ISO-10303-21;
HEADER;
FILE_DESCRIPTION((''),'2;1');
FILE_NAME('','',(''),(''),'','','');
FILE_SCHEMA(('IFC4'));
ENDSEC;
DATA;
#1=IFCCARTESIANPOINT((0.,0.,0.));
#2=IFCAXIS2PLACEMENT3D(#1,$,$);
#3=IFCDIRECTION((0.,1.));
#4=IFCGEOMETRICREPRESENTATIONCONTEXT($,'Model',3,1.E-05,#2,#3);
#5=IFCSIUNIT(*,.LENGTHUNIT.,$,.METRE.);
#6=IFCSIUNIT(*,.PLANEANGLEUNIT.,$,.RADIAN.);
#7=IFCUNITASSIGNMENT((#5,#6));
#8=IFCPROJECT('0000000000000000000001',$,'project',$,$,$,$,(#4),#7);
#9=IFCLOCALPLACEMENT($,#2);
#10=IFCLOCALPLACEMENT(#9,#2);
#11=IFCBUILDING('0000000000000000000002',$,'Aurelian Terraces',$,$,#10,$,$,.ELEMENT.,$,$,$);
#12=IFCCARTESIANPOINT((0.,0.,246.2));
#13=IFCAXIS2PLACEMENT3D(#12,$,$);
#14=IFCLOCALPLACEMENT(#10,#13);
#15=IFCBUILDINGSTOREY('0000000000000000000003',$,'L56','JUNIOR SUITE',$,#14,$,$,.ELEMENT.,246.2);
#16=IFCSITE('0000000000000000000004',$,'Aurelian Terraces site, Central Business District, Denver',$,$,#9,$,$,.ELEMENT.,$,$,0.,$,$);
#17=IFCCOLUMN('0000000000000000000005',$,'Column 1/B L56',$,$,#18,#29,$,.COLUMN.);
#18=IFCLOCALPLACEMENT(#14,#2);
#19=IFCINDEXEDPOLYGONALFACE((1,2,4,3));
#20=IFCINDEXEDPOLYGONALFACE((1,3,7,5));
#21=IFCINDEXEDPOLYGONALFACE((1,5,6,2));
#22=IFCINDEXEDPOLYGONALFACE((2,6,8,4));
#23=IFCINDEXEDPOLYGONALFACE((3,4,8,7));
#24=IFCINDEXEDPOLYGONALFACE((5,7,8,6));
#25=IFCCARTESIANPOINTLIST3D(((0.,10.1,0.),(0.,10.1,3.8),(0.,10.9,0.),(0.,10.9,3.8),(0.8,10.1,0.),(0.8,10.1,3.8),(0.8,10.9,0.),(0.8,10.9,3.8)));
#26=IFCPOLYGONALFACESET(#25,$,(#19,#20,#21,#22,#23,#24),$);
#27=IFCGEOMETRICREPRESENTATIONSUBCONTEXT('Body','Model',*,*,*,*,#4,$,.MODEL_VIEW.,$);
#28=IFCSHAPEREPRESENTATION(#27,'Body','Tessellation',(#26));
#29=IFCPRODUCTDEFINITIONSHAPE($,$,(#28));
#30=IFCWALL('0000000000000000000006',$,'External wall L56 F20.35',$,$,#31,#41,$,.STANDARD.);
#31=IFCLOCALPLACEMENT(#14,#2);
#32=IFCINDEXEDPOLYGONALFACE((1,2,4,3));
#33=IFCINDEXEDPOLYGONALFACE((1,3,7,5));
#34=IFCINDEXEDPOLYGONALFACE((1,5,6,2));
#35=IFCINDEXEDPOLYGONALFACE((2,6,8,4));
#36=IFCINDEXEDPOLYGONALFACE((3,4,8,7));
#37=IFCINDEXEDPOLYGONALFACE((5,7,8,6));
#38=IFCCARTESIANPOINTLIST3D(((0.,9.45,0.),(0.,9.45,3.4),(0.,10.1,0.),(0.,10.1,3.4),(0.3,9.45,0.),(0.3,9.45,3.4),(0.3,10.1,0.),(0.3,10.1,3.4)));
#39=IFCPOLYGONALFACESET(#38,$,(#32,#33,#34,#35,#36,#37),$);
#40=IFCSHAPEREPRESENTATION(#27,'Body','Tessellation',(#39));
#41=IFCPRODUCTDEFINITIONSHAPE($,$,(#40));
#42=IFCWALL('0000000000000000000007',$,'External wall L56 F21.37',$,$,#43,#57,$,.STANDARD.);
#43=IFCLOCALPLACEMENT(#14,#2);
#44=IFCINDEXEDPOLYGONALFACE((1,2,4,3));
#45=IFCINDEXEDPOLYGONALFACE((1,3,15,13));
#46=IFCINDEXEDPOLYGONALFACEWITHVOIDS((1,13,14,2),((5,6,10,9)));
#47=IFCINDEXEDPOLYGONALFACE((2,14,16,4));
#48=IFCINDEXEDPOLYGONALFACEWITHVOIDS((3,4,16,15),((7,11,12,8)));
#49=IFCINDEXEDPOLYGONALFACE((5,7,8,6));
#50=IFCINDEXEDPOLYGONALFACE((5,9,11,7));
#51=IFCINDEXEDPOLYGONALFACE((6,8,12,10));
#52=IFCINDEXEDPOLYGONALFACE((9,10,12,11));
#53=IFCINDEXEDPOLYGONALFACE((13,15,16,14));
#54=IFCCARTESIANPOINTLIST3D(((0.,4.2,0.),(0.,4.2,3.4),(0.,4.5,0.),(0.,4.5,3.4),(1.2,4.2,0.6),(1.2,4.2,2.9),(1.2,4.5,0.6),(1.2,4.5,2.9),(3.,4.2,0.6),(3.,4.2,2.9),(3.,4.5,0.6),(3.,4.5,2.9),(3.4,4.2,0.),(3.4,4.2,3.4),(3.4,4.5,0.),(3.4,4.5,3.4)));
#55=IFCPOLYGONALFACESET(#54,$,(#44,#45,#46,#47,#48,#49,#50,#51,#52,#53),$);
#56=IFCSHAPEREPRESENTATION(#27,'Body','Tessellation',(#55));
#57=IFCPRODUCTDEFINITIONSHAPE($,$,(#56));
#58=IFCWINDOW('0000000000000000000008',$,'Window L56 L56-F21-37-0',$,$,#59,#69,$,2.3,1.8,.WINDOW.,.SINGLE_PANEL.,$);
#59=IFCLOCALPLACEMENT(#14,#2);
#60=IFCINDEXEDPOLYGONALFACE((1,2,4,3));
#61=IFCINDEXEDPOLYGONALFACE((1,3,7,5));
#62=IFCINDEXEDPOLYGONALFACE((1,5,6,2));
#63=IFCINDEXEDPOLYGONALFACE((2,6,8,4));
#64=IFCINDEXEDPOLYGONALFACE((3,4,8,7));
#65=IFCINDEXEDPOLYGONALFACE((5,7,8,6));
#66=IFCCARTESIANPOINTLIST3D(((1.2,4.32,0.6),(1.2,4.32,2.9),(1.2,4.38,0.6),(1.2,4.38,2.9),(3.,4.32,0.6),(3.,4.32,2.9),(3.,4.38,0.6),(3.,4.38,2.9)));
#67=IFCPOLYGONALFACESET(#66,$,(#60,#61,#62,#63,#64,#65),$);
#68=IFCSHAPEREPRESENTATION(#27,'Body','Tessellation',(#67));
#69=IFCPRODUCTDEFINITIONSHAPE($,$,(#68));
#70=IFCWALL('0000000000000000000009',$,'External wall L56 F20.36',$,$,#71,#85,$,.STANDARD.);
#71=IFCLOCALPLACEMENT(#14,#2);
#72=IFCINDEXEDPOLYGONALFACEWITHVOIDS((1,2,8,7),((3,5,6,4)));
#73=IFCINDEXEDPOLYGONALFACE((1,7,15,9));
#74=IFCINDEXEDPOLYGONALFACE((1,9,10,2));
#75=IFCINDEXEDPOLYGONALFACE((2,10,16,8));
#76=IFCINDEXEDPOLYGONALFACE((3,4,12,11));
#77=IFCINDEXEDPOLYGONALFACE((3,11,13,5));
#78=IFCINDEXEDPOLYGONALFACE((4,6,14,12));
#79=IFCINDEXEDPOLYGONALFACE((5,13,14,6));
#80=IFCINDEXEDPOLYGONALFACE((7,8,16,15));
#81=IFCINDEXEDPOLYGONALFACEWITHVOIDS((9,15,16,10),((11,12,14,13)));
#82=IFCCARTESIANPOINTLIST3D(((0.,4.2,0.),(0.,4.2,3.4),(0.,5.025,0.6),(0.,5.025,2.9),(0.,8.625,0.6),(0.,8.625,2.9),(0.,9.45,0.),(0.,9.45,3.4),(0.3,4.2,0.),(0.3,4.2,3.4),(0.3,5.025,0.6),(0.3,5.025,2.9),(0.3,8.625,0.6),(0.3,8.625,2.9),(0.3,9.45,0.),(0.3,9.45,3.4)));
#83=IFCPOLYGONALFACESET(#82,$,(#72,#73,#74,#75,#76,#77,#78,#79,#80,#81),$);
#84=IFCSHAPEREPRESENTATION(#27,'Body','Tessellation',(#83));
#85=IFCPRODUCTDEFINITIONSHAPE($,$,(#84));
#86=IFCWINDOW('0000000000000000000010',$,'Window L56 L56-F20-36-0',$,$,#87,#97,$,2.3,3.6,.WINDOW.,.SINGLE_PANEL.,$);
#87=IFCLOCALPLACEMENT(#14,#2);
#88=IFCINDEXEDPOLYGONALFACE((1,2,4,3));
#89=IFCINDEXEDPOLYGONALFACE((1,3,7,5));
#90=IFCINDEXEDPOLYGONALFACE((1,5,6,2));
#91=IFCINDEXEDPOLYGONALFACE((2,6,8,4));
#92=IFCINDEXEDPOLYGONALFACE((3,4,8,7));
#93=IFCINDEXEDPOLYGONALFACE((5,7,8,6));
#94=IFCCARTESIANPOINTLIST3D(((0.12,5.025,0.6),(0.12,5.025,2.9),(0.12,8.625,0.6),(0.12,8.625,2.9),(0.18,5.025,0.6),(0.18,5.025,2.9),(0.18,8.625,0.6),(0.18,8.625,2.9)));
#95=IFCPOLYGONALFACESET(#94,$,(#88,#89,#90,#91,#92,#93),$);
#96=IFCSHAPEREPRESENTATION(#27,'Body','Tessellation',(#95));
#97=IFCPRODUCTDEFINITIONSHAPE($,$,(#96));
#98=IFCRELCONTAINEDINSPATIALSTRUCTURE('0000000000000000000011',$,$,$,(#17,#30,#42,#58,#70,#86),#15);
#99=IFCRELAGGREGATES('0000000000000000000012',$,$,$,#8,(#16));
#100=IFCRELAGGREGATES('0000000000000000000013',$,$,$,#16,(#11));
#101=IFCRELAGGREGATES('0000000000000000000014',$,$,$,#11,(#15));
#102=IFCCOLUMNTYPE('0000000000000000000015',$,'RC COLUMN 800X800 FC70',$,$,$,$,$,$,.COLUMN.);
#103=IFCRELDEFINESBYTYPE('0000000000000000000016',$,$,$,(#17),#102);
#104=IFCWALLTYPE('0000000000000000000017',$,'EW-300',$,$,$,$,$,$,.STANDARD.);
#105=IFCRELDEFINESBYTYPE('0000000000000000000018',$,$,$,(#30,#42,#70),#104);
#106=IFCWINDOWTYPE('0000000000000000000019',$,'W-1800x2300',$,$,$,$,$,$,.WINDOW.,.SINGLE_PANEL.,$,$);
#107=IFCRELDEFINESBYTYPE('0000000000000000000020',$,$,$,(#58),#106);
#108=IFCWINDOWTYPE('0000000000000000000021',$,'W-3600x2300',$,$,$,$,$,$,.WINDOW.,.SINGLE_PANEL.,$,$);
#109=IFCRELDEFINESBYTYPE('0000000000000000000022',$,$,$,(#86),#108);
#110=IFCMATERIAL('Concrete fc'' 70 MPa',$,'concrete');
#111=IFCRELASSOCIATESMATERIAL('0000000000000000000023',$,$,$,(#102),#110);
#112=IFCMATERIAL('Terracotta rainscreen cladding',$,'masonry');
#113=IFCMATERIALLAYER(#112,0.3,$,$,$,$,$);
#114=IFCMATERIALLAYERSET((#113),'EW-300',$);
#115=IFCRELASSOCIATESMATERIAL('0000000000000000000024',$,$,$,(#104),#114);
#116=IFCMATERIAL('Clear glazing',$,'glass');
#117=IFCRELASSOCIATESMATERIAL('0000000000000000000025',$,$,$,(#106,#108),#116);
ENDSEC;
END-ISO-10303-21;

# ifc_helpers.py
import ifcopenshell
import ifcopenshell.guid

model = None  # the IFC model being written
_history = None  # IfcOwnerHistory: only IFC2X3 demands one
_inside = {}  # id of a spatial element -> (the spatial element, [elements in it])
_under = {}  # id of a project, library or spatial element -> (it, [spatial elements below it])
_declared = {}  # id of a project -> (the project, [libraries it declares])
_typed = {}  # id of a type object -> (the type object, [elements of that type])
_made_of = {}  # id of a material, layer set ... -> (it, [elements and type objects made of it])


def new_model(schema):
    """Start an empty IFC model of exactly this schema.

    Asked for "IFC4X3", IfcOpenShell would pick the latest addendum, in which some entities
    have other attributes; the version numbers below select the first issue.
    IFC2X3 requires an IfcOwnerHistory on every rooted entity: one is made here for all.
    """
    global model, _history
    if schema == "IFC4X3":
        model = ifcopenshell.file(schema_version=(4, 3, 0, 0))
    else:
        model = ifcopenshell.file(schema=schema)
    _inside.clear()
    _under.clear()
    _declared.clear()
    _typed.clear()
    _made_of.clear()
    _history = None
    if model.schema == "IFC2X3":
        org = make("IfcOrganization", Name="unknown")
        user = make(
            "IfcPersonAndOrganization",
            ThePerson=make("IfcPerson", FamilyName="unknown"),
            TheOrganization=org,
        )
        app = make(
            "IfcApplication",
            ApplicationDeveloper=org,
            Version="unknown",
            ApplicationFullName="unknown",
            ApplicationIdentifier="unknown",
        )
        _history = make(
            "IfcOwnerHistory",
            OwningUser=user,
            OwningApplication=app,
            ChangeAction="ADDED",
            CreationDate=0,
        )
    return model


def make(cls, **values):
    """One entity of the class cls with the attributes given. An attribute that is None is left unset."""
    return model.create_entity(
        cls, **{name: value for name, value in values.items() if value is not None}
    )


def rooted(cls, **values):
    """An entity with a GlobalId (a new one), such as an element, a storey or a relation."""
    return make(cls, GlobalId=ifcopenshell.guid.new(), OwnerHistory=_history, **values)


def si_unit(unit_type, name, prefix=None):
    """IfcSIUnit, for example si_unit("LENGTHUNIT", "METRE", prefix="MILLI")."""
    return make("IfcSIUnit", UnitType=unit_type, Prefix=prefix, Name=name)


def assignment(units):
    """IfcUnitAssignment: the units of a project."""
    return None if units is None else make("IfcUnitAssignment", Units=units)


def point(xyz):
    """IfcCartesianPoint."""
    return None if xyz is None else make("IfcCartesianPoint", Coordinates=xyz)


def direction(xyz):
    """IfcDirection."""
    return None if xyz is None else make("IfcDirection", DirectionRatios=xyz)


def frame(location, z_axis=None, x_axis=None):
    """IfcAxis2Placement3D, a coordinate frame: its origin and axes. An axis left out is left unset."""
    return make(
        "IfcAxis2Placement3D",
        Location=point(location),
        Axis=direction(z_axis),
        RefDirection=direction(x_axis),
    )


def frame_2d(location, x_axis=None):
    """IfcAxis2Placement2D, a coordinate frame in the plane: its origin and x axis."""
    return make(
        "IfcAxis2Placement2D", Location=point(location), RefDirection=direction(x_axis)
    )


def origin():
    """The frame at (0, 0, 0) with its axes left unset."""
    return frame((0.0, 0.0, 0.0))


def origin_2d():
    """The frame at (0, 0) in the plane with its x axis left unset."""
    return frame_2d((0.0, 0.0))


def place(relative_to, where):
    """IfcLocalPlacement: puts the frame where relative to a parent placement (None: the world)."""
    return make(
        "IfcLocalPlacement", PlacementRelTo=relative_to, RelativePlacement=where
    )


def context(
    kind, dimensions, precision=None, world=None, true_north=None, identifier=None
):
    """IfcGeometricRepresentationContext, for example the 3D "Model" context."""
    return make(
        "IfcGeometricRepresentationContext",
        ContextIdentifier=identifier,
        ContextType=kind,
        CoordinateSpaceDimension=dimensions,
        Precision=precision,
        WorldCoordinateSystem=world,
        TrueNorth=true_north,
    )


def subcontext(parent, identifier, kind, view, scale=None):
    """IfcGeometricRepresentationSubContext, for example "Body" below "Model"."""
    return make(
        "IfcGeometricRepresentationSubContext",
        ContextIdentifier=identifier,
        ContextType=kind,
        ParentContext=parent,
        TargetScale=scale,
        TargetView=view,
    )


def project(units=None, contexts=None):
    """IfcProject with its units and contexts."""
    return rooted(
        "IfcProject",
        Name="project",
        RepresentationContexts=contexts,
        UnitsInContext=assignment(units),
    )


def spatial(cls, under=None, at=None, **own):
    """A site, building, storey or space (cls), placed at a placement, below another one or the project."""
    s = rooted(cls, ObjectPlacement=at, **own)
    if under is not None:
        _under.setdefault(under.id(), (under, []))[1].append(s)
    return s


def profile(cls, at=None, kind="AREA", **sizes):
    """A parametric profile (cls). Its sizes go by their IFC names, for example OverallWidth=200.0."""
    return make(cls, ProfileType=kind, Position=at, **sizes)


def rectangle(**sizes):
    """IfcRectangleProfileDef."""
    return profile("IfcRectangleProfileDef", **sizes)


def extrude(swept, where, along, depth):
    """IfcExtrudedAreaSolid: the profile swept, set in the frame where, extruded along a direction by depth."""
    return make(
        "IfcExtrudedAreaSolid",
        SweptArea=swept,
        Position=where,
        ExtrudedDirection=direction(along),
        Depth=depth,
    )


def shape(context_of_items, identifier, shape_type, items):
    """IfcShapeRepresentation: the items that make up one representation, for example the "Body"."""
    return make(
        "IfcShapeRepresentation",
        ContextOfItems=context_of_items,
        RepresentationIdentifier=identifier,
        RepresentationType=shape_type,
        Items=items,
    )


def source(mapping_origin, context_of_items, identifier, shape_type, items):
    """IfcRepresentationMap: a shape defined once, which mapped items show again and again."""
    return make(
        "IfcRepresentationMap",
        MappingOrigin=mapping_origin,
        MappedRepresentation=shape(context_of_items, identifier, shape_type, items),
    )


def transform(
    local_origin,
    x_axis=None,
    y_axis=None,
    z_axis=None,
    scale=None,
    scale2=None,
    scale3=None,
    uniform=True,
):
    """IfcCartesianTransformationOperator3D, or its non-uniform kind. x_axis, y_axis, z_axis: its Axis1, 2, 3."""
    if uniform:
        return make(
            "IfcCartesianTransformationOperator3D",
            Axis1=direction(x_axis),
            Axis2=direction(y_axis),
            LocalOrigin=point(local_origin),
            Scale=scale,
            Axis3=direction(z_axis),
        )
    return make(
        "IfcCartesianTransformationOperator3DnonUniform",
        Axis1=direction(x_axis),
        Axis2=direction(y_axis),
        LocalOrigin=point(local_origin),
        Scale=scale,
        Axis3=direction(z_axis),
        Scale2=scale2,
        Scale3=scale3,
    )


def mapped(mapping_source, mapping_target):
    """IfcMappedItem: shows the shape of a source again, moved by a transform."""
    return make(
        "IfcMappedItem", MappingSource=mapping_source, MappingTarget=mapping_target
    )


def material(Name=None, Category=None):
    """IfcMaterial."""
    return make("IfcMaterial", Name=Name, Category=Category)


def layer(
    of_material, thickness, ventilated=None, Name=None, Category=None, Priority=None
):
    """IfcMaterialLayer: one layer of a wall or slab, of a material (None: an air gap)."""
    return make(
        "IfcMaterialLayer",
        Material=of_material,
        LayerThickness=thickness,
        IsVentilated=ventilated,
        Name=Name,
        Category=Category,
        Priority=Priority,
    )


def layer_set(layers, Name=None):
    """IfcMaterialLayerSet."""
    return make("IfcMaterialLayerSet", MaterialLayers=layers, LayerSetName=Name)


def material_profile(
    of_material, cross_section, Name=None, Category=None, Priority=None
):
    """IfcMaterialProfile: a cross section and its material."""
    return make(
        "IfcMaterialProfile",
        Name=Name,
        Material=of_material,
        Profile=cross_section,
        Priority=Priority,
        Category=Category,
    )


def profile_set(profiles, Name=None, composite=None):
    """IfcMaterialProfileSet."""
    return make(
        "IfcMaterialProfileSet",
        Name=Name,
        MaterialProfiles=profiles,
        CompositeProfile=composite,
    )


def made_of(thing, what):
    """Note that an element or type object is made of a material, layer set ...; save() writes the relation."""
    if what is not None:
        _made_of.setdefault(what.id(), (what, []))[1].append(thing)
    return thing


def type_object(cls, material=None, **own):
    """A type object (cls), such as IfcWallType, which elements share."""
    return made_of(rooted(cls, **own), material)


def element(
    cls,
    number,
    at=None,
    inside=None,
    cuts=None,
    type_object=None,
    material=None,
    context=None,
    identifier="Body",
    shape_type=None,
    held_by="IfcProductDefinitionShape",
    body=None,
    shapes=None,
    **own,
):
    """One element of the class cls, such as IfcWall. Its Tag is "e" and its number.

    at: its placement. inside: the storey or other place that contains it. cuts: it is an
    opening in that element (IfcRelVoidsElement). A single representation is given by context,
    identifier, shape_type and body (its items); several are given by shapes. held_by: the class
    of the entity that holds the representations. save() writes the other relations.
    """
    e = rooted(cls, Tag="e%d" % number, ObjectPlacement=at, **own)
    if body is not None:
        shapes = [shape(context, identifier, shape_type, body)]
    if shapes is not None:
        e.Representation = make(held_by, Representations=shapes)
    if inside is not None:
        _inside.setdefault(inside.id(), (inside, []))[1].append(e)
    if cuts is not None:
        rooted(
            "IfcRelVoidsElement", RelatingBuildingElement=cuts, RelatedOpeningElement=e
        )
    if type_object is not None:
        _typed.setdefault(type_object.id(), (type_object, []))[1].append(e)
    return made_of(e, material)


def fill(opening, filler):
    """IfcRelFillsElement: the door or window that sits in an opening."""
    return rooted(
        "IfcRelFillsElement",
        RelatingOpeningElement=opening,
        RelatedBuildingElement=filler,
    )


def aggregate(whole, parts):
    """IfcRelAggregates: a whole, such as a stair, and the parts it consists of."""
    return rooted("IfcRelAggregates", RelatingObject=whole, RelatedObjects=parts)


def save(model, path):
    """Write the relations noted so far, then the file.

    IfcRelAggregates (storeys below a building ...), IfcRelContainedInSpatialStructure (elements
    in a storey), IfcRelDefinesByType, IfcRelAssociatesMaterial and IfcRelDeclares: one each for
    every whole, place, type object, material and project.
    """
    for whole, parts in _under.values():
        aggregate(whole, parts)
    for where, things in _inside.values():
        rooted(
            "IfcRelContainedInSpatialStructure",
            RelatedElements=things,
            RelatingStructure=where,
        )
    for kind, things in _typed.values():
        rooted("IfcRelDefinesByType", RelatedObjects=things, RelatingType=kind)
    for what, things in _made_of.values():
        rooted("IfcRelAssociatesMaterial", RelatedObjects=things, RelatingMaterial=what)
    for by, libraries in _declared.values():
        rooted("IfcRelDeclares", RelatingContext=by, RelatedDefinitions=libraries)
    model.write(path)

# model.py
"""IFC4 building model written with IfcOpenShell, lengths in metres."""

from ifc_helpers import new_model, si_unit, direction, frame, frame_2d, origin, origin_2d, place, context, subcontext, project, spatial, rectangle, extrude, source, transform, mapped, material, layer, layer_set, material_profile, profile_set, type_object, element, fill, save


model = new_model("IFC4")

# Units and contexts
model_context = context("Model", 3, precision=1e-05, world=origin(), true_north=direction((0.0, 1.0)))
body_context = subcontext(model_context, "Body", "Model", "MODEL_VIEW")
ifc_project = project(units=[si_unit("LENGTHUNIT", "METRE"), si_unit("PLANEANGLEUNIT", "RADIAN")], contexts=[model_context])

# Site, building, storey
site_placement = place(None, origin())
site = spatial("IfcSite", under=ifc_project, at=site_placement, Name="Aurelian Terraces site, Central Business District, Denver", CompositionType="ELEMENT", RefElevation=0.0)
building_placement = place(site_placement, origin())
building = spatial("IfcBuilding", under=site, at=building_placement, Name="Aurelian Terraces", CompositionType="ELEMENT")
storey_placement = place(building_placement, frame((0.0, 0.0, 246.2)))
storey = spatial("IfcBuildingStorey", under=building, at=storey_placement, Name="L56", Description="JUNIOR SUITE", CompositionType="ELEMENT", Elevation=246.2)

# Column
ifc_material_1 = material(Name="Concrete fc' 70 MPa", Category="concrete")
ifc_material_profile = material_profile(ifc_material_1, rectangle(XDim=0.8, YDim=0.8, at=origin_2d()))
ifc_profile_set = profile_set([ifc_material_profile], Name="Concrete fc' 70 MPa")
column_type = type_object("IfcColumnType", Name="RC COLUMN 800X800 FC70", PredefinedType="COLUMN", material=ifc_profile_set)
shared_shape_1 = source(origin(), body_context, "Body", "SweptSolid", [
    extrude(rectangle(XDim=0.8, YDim=0.8, at=origin_2d()), origin(), (0.0, 0.0, 1.0), 3.8),
])
column_placement = place(storey_placement, frame((0.4, 10.5, 0.0), z_axis=(0.0, 0.0, 1.0), x_axis=(1.0, 0.0, 0.0)))
element("IfcColumn", 1, at=column_placement, inside=storey, type_object=column_type, Name="Column 1/B L56", PredefinedType="COLUMN", context=body_context, shape_type="MappedRepresentation", body=[
    mapped(shared_shape_1, transform((0.0, 0.0, 0.0), scale=1.0)),
])

# Wall
ifc_material_2 = material(Name="Terracotta rainscreen cladding", Category="masonry")
ifc_layer_1 = layer(ifc_material_2, 0.3)
ifc_layer_set_1 = layer_set([ifc_layer_1], Name="EW-300")
wall_type_1 = type_object("IfcWallType", Name="EW-300", PredefinedType="STANDARD", material=ifc_layer_set_1)
wall_1_placement = place(storey_placement, frame((0.15, 10.1, 0.0), z_axis=(0.0, 0.0, 1.0), x_axis=(0.0, -1.0, 0.0)))
element("IfcWall", 2, at=wall_1_placement, inside=storey, type_object=wall_type_1, Name="External wall L56 F20.35", PredefinedType="STANDARD", context=body_context, shape_type="SweptSolid", body=[
    extrude(rectangle(XDim=0.65, YDim=0.3, at=frame_2d((0.325, 0.0))), origin(), (0.0, 0.0, 1.0), 3.4),
])

# Walls, openings, windows
shared_shape_2 = source(origin(), body_context, "Body", "SweptSolid", [
    extrude(rectangle(XDim=3.4, YDim=0.3, at=frame_2d((1.7, 0.0))), origin(), (0.0, 0.0, 1.0), 3.4),
])
wall_2_placement = place(storey_placement, frame((0.0, 4.35, 0.0), z_axis=(0.0, 0.0, 1.0), x_axis=(1.0, 0.0, 0.0)))
wall_2 = element("IfcWall", 3, at=wall_2_placement, inside=storey, type_object=wall_type_1, Name="External wall L56 F21.37", PredefinedType="STANDARD", context=body_context, shape_type="MappedRepresentation", body=[
    mapped(shared_shape_2, transform((0.0, 0.0, 0.0), scale=1.0)),
])
shared_shape_3 = source(origin(), body_context, "Body", "SweptSolid", [
    extrude(rectangle(XDim=1.8, YDim=2.3, at=frame_2d((0.9, 1.15))), frame((0.0, 0.16, 0.0), z_axis=(0.0, -1.0, 0.0), x_axis=(1.0, 0.0, 0.0)), (0.0, 0.0, 1.0), 0.32),
])
opening_1_placement = place(wall_2_placement, frame((1.2, 0.0, 0.6)))
opening_1 = element("IfcOpeningElement", 4, at=opening_1_placement, cuts=wall_2, PredefinedType="OPENING", context=body_context, shape_type="MappedRepresentation", body=[
    mapped(shared_shape_3, transform((0.0, 0.0, 0.0), scale=1.0)),
])
ifc_material_3 = material(Name="Clear glazing", Category="glass")
window_type_1 = type_object("IfcWindowType", Name="W-1800x2300", PartitioningType="SINGLE_PANEL", PredefinedType="WINDOW", material=ifc_material_3)
shared_shape_4 = source(origin(), body_context, "Body", "SweptSolid", [
    extrude(rectangle(XDim=1.8, YDim=2.3, at=frame_2d((0.9, 1.15))), frame((0.0, 0.03, 0.0), z_axis=(0.0, -1.0, 0.0), x_axis=(1.0, 0.0, 0.0)), (0.0, 0.0, 1.0), 0.06),
])
window_1_placement = place(opening_1_placement, origin())
window_1 = element("IfcWindow", 5, at=window_1_placement, inside=storey, type_object=window_type_1, Name="Window L56 L56-F21-37-0", OverallHeight=2.3, OverallWidth=1.8, PartitioningType="SINGLE_PANEL", PredefinedType="WINDOW", context=body_context, shape_type="MappedRepresentation", body=[
    mapped(shared_shape_4, transform((0.0, 0.0, 0.0), scale=1.0)),
])
fill(opening_1, window_1)
shared_shape_5 = source(origin(), body_context, "Body", "SweptSolid", [
    extrude(rectangle(XDim=5.25, YDim=0.3, at=frame_2d((2.625, 0.0))), origin(), (0.0, 0.0, 1.0), 3.4),
])
wall_3_placement = place(storey_placement, frame((0.15, 9.45, 0.0), z_axis=(0.0, 0.0, 1.0), x_axis=(0.0, -1.0, 0.0)))
wall_3 = element("IfcWall", 6, at=wall_3_placement, inside=storey, type_object=wall_type_1, Name="External wall L56 F20.36", PredefinedType="STANDARD", context=body_context, shape_type="MappedRepresentation", body=[
    mapped(shared_shape_5, transform((0.0, 0.0, 0.0), scale=1.0)),
])
shared_shape_6 = source(origin(), body_context, "Body", "SweptSolid", [
    extrude(rectangle(XDim=3.6, YDim=2.3, at=frame_2d((1.8, 1.15))), frame((0.0, 0.16, 0.0), z_axis=(0.0, -1.0, 0.0), x_axis=(1.0, 0.0, 0.0)), (0.0, 0.0, 1.0), 0.32),
])
opening_2_placement = place(wall_3_placement, frame((0.825, 0.0, 0.6)))
opening_2 = element("IfcOpeningElement", 7, at=opening_2_placement, cuts=wall_3, PredefinedType="OPENING", context=body_context, shape_type="MappedRepresentation", body=[
    mapped(shared_shape_6, transform((0.0, 0.0, 0.0), scale=1.0)),
])
window_type_2 = type_object("IfcWindowType", Name="W-3600x2300", PartitioningType="SINGLE_PANEL", PredefinedType="WINDOW", material=ifc_material_3)
shared_shape_7 = source(origin(), body_context, "Body", "SweptSolid", [
    extrude(rectangle(XDim=3.6, YDim=2.3, at=frame_2d((1.8, 1.15))), frame((0.0, 0.03, 0.0), z_axis=(0.0, -1.0, 0.0), x_axis=(1.0, 0.0, 0.0)), (0.0, 0.0, 1.0), 0.06),
])
window_2_placement = place(opening_2_placement, origin())
window_2 = element("IfcWindow", 8, at=window_2_placement, inside=storey, type_object=window_type_2, Name="Window L56 L56-F20-36-0", OverallHeight=2.3, OverallWidth=3.6, PartitioningType="SINGLE_PANEL", PredefinedType="WINDOW", context=body_context, shape_type="MappedRepresentation", body=[
    mapped(shared_shape_7, transform((0.0, 0.0, 0.0), scale=1.0)),
])
fill(opening_2, window_2)

save(model, "model.ifc")
